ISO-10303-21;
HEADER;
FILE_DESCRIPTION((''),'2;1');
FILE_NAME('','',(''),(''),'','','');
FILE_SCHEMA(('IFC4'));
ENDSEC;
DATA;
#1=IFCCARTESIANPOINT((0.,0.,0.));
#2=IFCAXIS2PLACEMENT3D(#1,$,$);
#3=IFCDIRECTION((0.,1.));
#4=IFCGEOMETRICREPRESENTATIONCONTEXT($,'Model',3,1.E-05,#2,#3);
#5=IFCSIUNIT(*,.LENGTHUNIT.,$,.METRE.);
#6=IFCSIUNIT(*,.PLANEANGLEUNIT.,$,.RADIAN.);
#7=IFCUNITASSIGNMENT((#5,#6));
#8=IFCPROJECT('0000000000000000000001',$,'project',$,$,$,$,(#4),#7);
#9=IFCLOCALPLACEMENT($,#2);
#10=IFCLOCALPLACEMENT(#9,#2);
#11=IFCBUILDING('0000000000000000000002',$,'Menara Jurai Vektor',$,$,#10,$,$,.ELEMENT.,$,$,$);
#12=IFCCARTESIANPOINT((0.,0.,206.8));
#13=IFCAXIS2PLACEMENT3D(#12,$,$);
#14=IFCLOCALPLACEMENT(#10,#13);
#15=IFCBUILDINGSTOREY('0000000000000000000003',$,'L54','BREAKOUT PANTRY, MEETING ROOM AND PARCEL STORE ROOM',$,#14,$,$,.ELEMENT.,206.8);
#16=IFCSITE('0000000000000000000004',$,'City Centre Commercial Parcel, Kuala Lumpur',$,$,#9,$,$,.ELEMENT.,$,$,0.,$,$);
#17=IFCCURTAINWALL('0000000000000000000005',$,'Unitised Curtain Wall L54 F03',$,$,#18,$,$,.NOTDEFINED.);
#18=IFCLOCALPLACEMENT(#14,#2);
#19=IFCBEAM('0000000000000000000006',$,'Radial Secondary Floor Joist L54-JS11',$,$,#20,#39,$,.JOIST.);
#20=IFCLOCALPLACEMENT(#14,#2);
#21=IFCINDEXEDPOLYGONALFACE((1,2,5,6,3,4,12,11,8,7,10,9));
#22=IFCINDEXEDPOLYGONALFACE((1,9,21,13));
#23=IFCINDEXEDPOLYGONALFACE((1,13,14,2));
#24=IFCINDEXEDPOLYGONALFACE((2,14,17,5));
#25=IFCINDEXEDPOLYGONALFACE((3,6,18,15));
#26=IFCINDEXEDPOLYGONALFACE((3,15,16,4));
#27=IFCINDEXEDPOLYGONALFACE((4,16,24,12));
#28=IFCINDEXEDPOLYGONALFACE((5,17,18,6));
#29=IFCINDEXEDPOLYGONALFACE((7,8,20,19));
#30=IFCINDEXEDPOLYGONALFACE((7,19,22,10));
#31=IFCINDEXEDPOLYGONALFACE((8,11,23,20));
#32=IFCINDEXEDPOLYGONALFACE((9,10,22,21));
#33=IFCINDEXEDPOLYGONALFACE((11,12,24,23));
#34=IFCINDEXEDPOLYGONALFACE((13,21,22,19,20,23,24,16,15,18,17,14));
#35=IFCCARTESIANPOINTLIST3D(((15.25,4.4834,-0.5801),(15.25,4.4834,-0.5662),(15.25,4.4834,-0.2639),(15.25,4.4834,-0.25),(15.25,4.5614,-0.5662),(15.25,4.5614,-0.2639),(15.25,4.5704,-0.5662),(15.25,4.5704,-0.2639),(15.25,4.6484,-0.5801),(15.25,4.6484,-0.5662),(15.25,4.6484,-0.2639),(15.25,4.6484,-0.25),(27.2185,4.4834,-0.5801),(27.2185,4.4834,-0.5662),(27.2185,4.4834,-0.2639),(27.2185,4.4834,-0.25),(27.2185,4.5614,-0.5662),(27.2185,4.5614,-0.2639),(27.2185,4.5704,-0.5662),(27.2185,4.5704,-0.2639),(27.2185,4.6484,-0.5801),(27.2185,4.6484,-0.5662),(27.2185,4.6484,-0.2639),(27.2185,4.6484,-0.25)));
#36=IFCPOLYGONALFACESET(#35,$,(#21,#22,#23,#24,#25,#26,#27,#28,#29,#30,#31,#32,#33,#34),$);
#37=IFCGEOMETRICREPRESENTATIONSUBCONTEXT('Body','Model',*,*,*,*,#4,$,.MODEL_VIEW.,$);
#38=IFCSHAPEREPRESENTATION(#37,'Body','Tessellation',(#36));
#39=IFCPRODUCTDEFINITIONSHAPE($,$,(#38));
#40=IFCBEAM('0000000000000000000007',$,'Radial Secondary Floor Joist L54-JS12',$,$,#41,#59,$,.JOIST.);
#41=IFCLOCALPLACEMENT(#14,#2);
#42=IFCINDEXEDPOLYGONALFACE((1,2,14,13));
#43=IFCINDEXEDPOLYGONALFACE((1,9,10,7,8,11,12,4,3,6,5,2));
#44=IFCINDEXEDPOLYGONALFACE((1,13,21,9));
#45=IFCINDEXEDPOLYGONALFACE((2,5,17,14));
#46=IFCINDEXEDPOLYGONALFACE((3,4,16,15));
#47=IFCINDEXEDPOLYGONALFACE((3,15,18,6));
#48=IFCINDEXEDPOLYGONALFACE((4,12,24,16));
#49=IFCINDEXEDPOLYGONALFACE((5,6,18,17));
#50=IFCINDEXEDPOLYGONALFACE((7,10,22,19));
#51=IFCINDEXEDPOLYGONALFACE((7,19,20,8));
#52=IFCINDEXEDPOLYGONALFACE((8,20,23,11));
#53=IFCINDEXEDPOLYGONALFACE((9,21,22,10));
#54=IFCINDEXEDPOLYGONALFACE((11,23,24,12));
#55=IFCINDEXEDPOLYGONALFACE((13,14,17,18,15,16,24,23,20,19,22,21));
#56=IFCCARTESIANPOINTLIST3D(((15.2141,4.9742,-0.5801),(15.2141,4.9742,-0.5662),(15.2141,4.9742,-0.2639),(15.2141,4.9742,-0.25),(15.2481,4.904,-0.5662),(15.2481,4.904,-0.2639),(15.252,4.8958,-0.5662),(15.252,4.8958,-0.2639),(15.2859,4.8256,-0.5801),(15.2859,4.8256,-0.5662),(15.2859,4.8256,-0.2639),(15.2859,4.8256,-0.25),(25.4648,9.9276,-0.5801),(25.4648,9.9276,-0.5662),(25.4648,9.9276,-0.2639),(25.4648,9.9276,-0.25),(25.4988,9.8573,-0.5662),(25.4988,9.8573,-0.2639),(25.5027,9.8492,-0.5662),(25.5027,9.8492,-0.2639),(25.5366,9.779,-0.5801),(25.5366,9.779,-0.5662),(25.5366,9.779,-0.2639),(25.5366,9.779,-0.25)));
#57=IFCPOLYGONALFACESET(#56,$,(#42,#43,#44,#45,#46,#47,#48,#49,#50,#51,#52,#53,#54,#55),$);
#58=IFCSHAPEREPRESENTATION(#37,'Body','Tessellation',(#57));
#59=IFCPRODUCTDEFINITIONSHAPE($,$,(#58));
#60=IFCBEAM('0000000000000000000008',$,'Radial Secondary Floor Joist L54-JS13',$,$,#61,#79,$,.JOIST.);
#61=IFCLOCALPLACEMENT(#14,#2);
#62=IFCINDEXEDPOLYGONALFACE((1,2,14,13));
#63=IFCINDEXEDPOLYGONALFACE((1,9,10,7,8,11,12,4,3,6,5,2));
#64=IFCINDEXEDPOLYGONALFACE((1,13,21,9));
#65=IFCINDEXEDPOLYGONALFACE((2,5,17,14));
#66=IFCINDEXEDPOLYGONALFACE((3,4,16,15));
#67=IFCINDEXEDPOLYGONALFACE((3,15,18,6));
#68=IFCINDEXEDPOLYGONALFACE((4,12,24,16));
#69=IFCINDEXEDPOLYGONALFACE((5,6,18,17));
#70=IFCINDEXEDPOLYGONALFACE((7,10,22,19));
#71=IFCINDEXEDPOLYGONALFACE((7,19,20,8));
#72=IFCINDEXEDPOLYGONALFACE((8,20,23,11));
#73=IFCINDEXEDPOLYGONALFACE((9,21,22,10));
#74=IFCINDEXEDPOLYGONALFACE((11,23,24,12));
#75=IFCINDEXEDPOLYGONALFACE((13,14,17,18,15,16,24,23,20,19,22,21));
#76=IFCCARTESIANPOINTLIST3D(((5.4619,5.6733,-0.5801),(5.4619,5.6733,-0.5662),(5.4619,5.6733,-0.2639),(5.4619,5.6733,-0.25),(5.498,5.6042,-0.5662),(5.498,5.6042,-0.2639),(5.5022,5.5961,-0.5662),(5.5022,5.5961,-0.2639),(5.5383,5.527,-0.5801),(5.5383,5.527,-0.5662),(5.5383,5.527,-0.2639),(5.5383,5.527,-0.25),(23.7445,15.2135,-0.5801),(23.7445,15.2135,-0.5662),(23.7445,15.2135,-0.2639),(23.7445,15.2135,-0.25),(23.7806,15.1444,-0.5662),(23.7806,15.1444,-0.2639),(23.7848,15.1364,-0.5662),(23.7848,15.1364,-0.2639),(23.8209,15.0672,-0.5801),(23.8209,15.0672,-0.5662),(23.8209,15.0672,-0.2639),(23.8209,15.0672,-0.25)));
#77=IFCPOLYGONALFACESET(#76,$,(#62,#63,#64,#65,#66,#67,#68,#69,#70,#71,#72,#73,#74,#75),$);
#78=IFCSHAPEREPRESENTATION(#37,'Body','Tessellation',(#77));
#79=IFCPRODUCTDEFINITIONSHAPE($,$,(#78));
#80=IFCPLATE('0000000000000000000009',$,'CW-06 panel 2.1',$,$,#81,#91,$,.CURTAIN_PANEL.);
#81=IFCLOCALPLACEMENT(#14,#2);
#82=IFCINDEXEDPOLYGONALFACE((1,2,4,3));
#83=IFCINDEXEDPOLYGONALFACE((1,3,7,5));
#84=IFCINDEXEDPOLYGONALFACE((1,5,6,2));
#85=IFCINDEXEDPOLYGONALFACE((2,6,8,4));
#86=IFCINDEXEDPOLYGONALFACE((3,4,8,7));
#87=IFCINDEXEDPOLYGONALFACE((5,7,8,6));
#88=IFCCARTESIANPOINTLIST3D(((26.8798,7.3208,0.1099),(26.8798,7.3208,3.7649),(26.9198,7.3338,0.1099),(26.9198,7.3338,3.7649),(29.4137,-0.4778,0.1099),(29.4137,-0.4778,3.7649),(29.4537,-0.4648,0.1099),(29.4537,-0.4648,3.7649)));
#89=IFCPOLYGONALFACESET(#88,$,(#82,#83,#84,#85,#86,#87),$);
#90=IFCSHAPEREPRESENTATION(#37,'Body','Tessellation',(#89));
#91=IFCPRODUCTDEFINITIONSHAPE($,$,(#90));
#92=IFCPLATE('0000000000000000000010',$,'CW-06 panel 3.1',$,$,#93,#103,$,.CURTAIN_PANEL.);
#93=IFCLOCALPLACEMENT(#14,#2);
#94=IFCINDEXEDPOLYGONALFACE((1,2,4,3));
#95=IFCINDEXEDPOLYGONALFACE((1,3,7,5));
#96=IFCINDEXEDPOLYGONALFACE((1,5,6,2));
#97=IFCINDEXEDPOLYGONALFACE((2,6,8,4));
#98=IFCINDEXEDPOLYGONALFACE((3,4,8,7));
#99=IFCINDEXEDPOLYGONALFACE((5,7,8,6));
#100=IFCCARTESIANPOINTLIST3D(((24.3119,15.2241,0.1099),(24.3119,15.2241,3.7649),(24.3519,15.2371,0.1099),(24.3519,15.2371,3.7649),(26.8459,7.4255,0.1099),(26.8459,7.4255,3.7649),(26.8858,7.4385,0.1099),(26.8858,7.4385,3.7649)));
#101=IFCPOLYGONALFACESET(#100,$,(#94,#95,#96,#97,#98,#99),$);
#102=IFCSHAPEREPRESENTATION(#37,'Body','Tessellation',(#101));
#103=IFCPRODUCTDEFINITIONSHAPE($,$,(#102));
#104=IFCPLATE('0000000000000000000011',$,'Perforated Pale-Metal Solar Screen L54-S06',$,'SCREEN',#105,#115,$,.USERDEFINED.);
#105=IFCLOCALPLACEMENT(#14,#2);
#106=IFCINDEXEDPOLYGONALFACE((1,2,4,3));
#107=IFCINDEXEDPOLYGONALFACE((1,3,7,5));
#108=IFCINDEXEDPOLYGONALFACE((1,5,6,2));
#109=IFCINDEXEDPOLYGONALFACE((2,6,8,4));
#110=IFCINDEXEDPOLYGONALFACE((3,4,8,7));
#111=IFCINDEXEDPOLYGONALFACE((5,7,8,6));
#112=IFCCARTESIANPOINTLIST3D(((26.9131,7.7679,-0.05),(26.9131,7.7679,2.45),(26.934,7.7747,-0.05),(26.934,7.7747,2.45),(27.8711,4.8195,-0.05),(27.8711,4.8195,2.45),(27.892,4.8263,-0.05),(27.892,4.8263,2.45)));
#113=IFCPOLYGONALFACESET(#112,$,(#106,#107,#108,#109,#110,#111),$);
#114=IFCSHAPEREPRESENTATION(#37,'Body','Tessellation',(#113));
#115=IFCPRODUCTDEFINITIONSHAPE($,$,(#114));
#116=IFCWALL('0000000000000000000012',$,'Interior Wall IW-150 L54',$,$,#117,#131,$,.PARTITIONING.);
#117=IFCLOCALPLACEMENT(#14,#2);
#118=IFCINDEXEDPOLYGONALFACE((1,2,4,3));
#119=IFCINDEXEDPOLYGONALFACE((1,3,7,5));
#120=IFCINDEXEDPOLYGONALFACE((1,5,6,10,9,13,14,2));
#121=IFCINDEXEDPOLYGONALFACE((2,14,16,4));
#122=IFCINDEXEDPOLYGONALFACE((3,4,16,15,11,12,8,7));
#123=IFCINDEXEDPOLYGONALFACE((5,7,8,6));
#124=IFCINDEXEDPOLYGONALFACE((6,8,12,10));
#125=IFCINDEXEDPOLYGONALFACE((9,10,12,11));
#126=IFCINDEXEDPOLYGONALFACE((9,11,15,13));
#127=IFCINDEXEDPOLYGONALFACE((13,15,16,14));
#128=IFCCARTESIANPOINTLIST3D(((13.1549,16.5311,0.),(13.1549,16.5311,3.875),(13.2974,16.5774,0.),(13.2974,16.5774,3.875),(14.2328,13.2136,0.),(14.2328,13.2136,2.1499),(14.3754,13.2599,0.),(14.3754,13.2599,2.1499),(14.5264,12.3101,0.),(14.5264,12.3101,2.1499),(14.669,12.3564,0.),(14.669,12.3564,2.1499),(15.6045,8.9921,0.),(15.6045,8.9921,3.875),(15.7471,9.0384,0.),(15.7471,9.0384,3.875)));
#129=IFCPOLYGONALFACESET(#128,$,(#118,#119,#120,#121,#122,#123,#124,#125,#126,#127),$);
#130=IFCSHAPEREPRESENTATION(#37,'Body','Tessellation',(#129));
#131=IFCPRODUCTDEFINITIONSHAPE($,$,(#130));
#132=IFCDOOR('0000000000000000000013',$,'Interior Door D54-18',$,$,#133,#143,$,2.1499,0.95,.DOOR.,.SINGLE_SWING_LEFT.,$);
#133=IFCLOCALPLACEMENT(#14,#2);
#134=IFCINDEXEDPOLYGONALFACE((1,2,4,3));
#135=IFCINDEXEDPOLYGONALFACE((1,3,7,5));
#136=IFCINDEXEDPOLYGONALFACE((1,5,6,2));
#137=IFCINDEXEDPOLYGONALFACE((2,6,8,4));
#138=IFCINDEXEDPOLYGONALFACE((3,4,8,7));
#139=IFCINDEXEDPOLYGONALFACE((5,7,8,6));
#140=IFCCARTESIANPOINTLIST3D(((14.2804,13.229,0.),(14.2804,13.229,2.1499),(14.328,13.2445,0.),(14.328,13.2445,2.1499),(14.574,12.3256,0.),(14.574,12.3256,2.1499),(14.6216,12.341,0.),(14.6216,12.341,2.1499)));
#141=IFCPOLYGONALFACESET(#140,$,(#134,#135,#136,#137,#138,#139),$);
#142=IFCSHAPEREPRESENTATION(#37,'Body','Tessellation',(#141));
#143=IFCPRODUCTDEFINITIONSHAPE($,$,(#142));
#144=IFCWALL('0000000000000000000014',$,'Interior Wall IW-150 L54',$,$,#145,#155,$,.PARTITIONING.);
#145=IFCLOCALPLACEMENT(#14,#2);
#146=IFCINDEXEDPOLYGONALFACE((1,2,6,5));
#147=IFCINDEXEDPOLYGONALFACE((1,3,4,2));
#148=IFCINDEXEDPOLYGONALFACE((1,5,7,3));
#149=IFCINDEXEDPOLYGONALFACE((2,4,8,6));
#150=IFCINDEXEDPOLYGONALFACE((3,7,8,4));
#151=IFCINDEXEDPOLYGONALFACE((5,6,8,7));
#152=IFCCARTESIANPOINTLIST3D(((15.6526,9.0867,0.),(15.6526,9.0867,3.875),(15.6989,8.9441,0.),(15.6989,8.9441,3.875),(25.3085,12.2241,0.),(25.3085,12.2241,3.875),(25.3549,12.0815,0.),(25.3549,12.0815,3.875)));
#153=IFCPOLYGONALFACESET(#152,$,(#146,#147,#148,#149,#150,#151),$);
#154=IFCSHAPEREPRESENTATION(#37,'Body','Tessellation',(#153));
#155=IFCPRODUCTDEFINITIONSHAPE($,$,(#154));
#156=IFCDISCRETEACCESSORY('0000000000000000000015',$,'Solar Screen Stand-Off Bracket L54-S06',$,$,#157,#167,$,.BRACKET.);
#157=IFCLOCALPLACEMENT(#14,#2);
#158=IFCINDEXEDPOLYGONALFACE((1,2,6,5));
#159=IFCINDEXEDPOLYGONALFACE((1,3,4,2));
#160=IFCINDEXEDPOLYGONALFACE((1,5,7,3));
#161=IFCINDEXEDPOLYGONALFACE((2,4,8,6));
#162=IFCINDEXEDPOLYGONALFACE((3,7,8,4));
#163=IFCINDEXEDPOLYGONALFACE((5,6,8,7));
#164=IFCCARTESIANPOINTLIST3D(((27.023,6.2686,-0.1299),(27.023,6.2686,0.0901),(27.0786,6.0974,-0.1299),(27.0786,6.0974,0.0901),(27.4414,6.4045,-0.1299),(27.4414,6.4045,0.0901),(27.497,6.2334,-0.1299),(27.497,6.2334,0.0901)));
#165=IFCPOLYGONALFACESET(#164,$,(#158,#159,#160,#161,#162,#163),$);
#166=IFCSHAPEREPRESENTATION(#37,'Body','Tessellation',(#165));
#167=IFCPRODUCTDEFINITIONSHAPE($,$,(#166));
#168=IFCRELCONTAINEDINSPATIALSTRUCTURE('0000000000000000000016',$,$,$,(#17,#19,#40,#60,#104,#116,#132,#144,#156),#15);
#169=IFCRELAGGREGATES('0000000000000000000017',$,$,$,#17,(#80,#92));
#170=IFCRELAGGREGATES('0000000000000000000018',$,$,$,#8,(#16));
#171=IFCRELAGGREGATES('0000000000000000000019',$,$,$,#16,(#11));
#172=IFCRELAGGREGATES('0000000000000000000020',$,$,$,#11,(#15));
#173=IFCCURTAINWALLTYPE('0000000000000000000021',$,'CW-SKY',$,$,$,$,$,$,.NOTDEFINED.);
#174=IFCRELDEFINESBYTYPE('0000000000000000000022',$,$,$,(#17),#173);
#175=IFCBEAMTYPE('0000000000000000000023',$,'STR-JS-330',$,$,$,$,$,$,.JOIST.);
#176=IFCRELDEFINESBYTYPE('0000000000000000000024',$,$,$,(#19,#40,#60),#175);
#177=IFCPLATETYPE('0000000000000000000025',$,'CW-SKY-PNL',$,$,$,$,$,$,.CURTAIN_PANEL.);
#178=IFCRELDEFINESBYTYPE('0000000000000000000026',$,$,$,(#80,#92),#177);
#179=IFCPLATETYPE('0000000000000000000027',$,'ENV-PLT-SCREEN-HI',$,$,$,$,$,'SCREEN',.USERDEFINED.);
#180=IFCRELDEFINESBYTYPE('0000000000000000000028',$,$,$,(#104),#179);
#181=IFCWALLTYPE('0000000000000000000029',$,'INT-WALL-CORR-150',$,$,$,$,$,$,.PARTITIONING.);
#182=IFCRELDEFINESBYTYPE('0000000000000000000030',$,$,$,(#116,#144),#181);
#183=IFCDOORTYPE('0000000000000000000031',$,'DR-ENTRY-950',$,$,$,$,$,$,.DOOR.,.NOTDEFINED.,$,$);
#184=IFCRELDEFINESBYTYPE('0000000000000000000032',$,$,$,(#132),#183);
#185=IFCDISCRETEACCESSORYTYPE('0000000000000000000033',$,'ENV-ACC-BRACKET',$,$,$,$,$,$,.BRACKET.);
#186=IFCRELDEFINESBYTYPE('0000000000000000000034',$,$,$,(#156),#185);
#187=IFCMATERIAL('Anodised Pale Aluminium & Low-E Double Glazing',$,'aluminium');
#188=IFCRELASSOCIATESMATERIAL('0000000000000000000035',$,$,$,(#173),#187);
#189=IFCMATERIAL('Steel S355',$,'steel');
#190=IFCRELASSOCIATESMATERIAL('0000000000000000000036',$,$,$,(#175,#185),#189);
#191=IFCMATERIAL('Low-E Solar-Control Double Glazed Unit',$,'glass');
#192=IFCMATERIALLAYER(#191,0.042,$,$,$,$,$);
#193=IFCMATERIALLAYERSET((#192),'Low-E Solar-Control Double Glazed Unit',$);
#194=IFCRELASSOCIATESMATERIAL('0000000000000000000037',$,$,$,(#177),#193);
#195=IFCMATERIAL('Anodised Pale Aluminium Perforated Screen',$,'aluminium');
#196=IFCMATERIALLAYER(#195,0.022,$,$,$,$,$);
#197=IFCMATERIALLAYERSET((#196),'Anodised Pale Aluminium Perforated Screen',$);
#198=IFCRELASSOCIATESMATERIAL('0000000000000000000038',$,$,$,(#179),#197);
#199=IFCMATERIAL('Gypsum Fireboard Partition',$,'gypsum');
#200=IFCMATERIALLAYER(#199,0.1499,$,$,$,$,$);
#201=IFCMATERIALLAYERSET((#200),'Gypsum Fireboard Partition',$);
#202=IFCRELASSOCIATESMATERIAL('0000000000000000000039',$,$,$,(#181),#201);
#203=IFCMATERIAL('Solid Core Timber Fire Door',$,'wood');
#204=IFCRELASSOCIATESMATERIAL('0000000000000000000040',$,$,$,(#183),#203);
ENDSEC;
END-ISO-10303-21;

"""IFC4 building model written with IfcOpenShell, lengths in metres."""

from ifc_helpers import new_model, si_unit, direction, frame, frame_2d, origin, origin_2d, place, context, subcontext, project, spatial, rectangle, i_section, extrude, material, layer, layer_set, material_profile, profile_set, type_object, element, fill, aggregate, save


model = new_model("IFC4")

# Units and contexts
model_context = context("Model", 3, precision=1e-05, world=origin(), true_north=direction((0.0, 1.0)))
body_context = subcontext(model_context, "Body", "Model", "MODEL_VIEW")
ifc_project = project(units=[si_unit("LENGTHUNIT", "METRE"), si_unit("PLANEANGLEUNIT", "RADIAN")], contexts=[model_context])

# Site, building, storey
site_placement = place(None, origin())
site = spatial("IfcSite", under=ifc_project, at=site_placement, Name="City Centre Commercial Parcel, Kuala Lumpur", CompositionType="ELEMENT", RefElevation=0.0)
building_placement = place(site_placement, origin())
building = spatial("IfcBuilding", under=site, at=building_placement, Name="Menara Jurai Vektor", CompositionType="ELEMENT")
storey_placement = place(building_placement, frame((0.0, 0.0, 206.8)))
storey = spatial("IfcBuildingStorey", under=building, at=storey_placement, Name="L54", Description="BREAKOUT PANTRY, MEETING ROOM AND PARCEL STORE ROOM", CompositionType="ELEMENT", Elevation=206.8)

# Curtain wall
ifc_material_1 = material(Name="Anodised Pale Aluminium & Low-E Double Glazing", Category="aluminium")
curtain_wall_type = type_object("IfcCurtainWallType", Name="CW-SKY", PredefinedType="NOTDEFINED", material=ifc_material_1)
curtain_wall_placement = place(storey_placement, origin())
curtain_wall = element("IfcCurtainWall", 1, at=curtain_wall_placement, inside=storey, type_object=curtain_wall_type, Name="Unitised Curtain Wall L54 F03", PredefinedType="NOTDEFINED")

# Beams
ifc_material_2 = material(Name="Steel S355", Category="steel")
ifc_material_profile_1 = material_profile(ifc_material_2, i_section(OverallWidth=0.165, OverallDepth=0.3301, WebThickness=0.009, FlangeThickness=0.0139, at=origin_2d()), Name="PG 330x165x46")
ifc_profile_set_1 = profile_set([ifc_material_profile_1], Name="Steel S355")
beam_type_1 = type_object("IfcBeamType", Name="STR-JS-330", PredefinedType="JOIST", material=ifc_profile_set_1)
beam_1_placement = place(storey_placement, frame((27.2185, 4.5659, -0.415), z_axis=(-1.0, 0.0, 0.0), x_axis=(0.0, -1.0, 0.0)))
element("IfcBeam", 2, at=beam_1_placement, inside=storey, type_object=beam_type_1, Name="Radial Secondary Floor Joist L54-JS11", PredefinedType="JOIST", context=body_context, shape_type="SweptSolid", body=[
    extrude(i_section(OverallWidth=0.165, OverallDepth=0.3301, WebThickness=0.009, FlangeThickness=0.0139, at=origin_2d()), origin(), (0.0, 0.0, 1.0), 11.9685),
])
beam_2_placement = place(storey_placement, frame((25.5007, 9.8533, -0.415), z_axis=(-0.900389, -0.435087, 0.0), x_axis=(0.435087, -0.900389, 0.0)))
element("IfcBeam", 3, at=beam_2_placement, inside=storey, type_object=beam_type_1, Name="Radial Secondary Floor Joist L54-JS12", PredefinedType="JOIST", context=body_context, shape_type="SweptSolid", body=[
    extrude(i_section(OverallWidth=0.165, OverallDepth=0.3301, WebThickness=0.009, FlangeThickness=0.0139, at=origin_2d()), origin(), (0.0, 0.0, 1.0), 11.3848),
])
beam_3_placement = place(storey_placement, frame((23.7827, 15.1404, -0.415), z_axis=(-0.886556, -0.462622, 0.0), x_axis=(0.462622, -0.886556, 0.0)))
element("IfcBeam", 4, at=beam_3_placement, inside=storey, type_object=beam_type_1, Name="Radial Secondary Floor Joist L54-JS13", PredefinedType="JOIST", context=body_context, shape_type="SweptSolid", body=[
    extrude(i_section(OverallWidth=0.165, OverallDepth=0.3301, WebThickness=0.009, FlangeThickness=0.0139, at=origin_2d()), origin(), (0.0, 0.0, 1.0), 20.6221),
])

# Plates
ifc_material_3 = material(Name="Low-E Solar-Control Double Glazed Unit", Category="glass")
ifc_layer_1 = layer(ifc_material_3, 0.042)
ifc_layer_set_1 = layer_set([ifc_layer_1], Name="Low-E Solar-Control Double Glazed Unit")
plate_type_1 = type_object("IfcPlateType", Name="CW-SKY-PNL", PredefinedType="CURTAIN_PANEL", material=ifc_layer_set_1)
plate_1_placement = place(storey_placement, frame((28.1667, 3.428, 0.1099), z_axis=(0.0, 0.0, 1.0), x_axis=(-0.309016, 0.951057, 0.0)))
plate_1 = element("IfcPlate", 5, at=plate_1_placement, type_object=plate_type_1, Name="CW-06 panel 2.1", PredefinedType="CURTAIN_PANEL", context=body_context, shape_type="SweptSolid", body=[
    extrude(rectangle(XDim=8.2, YDim=0.042, at=origin_2d()), origin(), (0.0, 0.0, 1.0), 3.655),
])
plate_2_placement = place(storey_placement, frame((25.5989, 11.3313, 0.1099), z_axis=(0.0, 0.0, 1.0), x_axis=(-0.309016, 0.951057, 0.0)))
plate_2 = element("IfcPlate", 6, at=plate_2_placement, type_object=plate_type_1, Name="CW-06 panel 3.1", PredefinedType="CURTAIN_PANEL", context=body_context, shape_type="SweptSolid", body=[
    extrude(rectangle(XDim=8.2, YDim=0.042, at=origin_2d()), origin(), (0.0, 0.0, 1.0), 3.655),
])
aggregate(curtain_wall, [plate_1, plate_2])
ifc_material_4 = material(Name="Anodised Pale Aluminium Perforated Screen", Category="aluminium")
ifc_layer_2 = layer(ifc_material_4, 0.022)
ifc_layer_set_2 = layer_set([ifc_layer_2], Name="Anodised Pale Aluminium Perforated Screen")
plate_type_2 = type_object("IfcPlateType", Name="ENV-PLT-SCREEN-HI", ElementType="SCREEN", PredefinedType="USERDEFINED", material=ifc_layer_set_2)
plate_3_placement = place(storey_placement, frame((27.4026, 6.2971, -0.05), z_axis=(0.0, 0.0, 1.0), x_axis=(-0.309017, 0.951057, 0.0)))
element("IfcPlate", 7, at=plate_3_placement, inside=storey, type_object=plate_type_2, Name="Perforated Pale-Metal Solar Screen L54-S06", ObjectType="SCREEN", PredefinedType="USERDEFINED", context=body_context, shape_type="SweptSolid", body=[
    extrude(rectangle(XDim=3.1001, YDim=0.022, at=origin_2d()), origin(), (0.0, 0.0, 1.0), 2.5),
])

# Wall, opening, door
ifc_material_5 = material(Name="Gypsum Fireboard Partition", Category="gypsum")
ifc_layer_3 = layer(ifc_material_5, 0.1499)
ifc_layer_set_3 = layer_set([ifc_layer_3], Name="Gypsum Fireboard Partition")
wall_type = type_object("IfcWallType", Name="INT-WALL-CORR-150", PredefinedType="PARTITIONING", material=ifc_layer_set_3)
wall_1_placement = place(storey_placement, frame((15.6758, 9.0154, 0.0), z_axis=(0.0, 0.0, 1.0), x_axis=(-0.30903, 0.951052, 0.0)))
wall_1 = element("IfcWall", 8, at=wall_1_placement, inside=storey, type_object=wall_type, Name="Interior Wall IW-150 L54", PredefinedType="PARTITIONING", context=body_context, shape_type="SweptSolid", body=[
    extrude(rectangle(XDim=7.927, YDim=0.1499, at=frame_2d((3.9634, 0.0))), origin(), (0.0, 0.0, 1.0), 3.875),
])
opening_placement = place(wall_1_placement, frame((3.4885, 0.0, 0.0)))
opening = element("IfcOpeningElement", 9, at=opening_placement, cuts=wall_1, PredefinedType="OPENING", context=body_context, shape_type="SweptSolid", body=[
    extrude(rectangle(XDim=0.95, YDim=2.1499, at=frame_2d((0.4751, 1.075))), frame((0.0, 0.085, 0.0), z_axis=(0.0, -1.0, 0.0), x_axis=(1.0, 0.0, 0.0)), (0.0, 0.0, 1.0), 0.1699),
])
ifc_material_6 = material(Name="Solid Core Timber Fire Door", Category="wood")
door_type = type_object("IfcDoorType", Name="DR-ENTRY-950", OperationType="NOTDEFINED", PredefinedType="DOOR", material=ifc_material_6)
door_placement = place(opening_placement, origin())
door = element("IfcDoor", 10, at=door_placement, inside=storey, type_object=door_type, Name="Interior Door D54-18", OperationType="SINGLE_SWING_LEFT", OverallHeight=2.1499, OverallWidth=0.95, PredefinedType="DOOR", context=body_context, shape_type="SweptSolid", body=[
    extrude(rectangle(XDim=0.95, YDim=2.1499, at=frame_2d((0.4751, 1.075))), frame((0.0, 0.0249, 0.0), z_axis=(0.0, -1.0, 0.0), x_axis=(1.0, 0.0, 0.0)), (0.0, 0.0, 1.0), 0.05),
])
fill(opening, door)

# Wall
wall_2_placement = place(storey_placement, frame((15.6758, 9.0154, 0.0), z_axis=(0.0, 0.0, 1.0), x_axis=(0.951056, 0.309019, 0.0)))
element("IfcWall", 11, at=wall_2_placement, inside=storey, type_object=wall_type, Name="Interior Wall IW-150 L54", PredefinedType="PARTITIONING", context=body_context, shape_type="SweptSolid", body=[
    extrude(rectangle(XDim=10.1528, YDim=0.1499, at=frame_2d((5.0764, 0.0))), origin(), (0.0, 0.0, 1.0), 3.875),
])

# Discrete accessory
discrete_accessory_type = type_object("IfcDiscreteAccessoryType", Name="ENV-ACC-BRACKET", PredefinedType="BRACKET", material=ifc_material_2)
discrete_accessory_placement = place(storey_placement, frame((27.26, 6.251, -0.1299), z_axis=(0.0, 0.0, 1.0), x_axis=(-0.309017, 0.951057, 0.0)))
element("IfcDiscreteAccessory", 12, at=discrete_accessory_placement, inside=storey, type_object=discrete_accessory_type, Name="Solar Screen Stand-Off Bracket L54-S06", PredefinedType="BRACKET", context=body_context, shape_type="SweptSolid", body=[
    extrude(rectangle(XDim=0.1799, YDim=0.4399, at=origin_2d()), origin(), (0.0, 0.0, 1.0), 0.22),
])

save(model, "model.ifc")
